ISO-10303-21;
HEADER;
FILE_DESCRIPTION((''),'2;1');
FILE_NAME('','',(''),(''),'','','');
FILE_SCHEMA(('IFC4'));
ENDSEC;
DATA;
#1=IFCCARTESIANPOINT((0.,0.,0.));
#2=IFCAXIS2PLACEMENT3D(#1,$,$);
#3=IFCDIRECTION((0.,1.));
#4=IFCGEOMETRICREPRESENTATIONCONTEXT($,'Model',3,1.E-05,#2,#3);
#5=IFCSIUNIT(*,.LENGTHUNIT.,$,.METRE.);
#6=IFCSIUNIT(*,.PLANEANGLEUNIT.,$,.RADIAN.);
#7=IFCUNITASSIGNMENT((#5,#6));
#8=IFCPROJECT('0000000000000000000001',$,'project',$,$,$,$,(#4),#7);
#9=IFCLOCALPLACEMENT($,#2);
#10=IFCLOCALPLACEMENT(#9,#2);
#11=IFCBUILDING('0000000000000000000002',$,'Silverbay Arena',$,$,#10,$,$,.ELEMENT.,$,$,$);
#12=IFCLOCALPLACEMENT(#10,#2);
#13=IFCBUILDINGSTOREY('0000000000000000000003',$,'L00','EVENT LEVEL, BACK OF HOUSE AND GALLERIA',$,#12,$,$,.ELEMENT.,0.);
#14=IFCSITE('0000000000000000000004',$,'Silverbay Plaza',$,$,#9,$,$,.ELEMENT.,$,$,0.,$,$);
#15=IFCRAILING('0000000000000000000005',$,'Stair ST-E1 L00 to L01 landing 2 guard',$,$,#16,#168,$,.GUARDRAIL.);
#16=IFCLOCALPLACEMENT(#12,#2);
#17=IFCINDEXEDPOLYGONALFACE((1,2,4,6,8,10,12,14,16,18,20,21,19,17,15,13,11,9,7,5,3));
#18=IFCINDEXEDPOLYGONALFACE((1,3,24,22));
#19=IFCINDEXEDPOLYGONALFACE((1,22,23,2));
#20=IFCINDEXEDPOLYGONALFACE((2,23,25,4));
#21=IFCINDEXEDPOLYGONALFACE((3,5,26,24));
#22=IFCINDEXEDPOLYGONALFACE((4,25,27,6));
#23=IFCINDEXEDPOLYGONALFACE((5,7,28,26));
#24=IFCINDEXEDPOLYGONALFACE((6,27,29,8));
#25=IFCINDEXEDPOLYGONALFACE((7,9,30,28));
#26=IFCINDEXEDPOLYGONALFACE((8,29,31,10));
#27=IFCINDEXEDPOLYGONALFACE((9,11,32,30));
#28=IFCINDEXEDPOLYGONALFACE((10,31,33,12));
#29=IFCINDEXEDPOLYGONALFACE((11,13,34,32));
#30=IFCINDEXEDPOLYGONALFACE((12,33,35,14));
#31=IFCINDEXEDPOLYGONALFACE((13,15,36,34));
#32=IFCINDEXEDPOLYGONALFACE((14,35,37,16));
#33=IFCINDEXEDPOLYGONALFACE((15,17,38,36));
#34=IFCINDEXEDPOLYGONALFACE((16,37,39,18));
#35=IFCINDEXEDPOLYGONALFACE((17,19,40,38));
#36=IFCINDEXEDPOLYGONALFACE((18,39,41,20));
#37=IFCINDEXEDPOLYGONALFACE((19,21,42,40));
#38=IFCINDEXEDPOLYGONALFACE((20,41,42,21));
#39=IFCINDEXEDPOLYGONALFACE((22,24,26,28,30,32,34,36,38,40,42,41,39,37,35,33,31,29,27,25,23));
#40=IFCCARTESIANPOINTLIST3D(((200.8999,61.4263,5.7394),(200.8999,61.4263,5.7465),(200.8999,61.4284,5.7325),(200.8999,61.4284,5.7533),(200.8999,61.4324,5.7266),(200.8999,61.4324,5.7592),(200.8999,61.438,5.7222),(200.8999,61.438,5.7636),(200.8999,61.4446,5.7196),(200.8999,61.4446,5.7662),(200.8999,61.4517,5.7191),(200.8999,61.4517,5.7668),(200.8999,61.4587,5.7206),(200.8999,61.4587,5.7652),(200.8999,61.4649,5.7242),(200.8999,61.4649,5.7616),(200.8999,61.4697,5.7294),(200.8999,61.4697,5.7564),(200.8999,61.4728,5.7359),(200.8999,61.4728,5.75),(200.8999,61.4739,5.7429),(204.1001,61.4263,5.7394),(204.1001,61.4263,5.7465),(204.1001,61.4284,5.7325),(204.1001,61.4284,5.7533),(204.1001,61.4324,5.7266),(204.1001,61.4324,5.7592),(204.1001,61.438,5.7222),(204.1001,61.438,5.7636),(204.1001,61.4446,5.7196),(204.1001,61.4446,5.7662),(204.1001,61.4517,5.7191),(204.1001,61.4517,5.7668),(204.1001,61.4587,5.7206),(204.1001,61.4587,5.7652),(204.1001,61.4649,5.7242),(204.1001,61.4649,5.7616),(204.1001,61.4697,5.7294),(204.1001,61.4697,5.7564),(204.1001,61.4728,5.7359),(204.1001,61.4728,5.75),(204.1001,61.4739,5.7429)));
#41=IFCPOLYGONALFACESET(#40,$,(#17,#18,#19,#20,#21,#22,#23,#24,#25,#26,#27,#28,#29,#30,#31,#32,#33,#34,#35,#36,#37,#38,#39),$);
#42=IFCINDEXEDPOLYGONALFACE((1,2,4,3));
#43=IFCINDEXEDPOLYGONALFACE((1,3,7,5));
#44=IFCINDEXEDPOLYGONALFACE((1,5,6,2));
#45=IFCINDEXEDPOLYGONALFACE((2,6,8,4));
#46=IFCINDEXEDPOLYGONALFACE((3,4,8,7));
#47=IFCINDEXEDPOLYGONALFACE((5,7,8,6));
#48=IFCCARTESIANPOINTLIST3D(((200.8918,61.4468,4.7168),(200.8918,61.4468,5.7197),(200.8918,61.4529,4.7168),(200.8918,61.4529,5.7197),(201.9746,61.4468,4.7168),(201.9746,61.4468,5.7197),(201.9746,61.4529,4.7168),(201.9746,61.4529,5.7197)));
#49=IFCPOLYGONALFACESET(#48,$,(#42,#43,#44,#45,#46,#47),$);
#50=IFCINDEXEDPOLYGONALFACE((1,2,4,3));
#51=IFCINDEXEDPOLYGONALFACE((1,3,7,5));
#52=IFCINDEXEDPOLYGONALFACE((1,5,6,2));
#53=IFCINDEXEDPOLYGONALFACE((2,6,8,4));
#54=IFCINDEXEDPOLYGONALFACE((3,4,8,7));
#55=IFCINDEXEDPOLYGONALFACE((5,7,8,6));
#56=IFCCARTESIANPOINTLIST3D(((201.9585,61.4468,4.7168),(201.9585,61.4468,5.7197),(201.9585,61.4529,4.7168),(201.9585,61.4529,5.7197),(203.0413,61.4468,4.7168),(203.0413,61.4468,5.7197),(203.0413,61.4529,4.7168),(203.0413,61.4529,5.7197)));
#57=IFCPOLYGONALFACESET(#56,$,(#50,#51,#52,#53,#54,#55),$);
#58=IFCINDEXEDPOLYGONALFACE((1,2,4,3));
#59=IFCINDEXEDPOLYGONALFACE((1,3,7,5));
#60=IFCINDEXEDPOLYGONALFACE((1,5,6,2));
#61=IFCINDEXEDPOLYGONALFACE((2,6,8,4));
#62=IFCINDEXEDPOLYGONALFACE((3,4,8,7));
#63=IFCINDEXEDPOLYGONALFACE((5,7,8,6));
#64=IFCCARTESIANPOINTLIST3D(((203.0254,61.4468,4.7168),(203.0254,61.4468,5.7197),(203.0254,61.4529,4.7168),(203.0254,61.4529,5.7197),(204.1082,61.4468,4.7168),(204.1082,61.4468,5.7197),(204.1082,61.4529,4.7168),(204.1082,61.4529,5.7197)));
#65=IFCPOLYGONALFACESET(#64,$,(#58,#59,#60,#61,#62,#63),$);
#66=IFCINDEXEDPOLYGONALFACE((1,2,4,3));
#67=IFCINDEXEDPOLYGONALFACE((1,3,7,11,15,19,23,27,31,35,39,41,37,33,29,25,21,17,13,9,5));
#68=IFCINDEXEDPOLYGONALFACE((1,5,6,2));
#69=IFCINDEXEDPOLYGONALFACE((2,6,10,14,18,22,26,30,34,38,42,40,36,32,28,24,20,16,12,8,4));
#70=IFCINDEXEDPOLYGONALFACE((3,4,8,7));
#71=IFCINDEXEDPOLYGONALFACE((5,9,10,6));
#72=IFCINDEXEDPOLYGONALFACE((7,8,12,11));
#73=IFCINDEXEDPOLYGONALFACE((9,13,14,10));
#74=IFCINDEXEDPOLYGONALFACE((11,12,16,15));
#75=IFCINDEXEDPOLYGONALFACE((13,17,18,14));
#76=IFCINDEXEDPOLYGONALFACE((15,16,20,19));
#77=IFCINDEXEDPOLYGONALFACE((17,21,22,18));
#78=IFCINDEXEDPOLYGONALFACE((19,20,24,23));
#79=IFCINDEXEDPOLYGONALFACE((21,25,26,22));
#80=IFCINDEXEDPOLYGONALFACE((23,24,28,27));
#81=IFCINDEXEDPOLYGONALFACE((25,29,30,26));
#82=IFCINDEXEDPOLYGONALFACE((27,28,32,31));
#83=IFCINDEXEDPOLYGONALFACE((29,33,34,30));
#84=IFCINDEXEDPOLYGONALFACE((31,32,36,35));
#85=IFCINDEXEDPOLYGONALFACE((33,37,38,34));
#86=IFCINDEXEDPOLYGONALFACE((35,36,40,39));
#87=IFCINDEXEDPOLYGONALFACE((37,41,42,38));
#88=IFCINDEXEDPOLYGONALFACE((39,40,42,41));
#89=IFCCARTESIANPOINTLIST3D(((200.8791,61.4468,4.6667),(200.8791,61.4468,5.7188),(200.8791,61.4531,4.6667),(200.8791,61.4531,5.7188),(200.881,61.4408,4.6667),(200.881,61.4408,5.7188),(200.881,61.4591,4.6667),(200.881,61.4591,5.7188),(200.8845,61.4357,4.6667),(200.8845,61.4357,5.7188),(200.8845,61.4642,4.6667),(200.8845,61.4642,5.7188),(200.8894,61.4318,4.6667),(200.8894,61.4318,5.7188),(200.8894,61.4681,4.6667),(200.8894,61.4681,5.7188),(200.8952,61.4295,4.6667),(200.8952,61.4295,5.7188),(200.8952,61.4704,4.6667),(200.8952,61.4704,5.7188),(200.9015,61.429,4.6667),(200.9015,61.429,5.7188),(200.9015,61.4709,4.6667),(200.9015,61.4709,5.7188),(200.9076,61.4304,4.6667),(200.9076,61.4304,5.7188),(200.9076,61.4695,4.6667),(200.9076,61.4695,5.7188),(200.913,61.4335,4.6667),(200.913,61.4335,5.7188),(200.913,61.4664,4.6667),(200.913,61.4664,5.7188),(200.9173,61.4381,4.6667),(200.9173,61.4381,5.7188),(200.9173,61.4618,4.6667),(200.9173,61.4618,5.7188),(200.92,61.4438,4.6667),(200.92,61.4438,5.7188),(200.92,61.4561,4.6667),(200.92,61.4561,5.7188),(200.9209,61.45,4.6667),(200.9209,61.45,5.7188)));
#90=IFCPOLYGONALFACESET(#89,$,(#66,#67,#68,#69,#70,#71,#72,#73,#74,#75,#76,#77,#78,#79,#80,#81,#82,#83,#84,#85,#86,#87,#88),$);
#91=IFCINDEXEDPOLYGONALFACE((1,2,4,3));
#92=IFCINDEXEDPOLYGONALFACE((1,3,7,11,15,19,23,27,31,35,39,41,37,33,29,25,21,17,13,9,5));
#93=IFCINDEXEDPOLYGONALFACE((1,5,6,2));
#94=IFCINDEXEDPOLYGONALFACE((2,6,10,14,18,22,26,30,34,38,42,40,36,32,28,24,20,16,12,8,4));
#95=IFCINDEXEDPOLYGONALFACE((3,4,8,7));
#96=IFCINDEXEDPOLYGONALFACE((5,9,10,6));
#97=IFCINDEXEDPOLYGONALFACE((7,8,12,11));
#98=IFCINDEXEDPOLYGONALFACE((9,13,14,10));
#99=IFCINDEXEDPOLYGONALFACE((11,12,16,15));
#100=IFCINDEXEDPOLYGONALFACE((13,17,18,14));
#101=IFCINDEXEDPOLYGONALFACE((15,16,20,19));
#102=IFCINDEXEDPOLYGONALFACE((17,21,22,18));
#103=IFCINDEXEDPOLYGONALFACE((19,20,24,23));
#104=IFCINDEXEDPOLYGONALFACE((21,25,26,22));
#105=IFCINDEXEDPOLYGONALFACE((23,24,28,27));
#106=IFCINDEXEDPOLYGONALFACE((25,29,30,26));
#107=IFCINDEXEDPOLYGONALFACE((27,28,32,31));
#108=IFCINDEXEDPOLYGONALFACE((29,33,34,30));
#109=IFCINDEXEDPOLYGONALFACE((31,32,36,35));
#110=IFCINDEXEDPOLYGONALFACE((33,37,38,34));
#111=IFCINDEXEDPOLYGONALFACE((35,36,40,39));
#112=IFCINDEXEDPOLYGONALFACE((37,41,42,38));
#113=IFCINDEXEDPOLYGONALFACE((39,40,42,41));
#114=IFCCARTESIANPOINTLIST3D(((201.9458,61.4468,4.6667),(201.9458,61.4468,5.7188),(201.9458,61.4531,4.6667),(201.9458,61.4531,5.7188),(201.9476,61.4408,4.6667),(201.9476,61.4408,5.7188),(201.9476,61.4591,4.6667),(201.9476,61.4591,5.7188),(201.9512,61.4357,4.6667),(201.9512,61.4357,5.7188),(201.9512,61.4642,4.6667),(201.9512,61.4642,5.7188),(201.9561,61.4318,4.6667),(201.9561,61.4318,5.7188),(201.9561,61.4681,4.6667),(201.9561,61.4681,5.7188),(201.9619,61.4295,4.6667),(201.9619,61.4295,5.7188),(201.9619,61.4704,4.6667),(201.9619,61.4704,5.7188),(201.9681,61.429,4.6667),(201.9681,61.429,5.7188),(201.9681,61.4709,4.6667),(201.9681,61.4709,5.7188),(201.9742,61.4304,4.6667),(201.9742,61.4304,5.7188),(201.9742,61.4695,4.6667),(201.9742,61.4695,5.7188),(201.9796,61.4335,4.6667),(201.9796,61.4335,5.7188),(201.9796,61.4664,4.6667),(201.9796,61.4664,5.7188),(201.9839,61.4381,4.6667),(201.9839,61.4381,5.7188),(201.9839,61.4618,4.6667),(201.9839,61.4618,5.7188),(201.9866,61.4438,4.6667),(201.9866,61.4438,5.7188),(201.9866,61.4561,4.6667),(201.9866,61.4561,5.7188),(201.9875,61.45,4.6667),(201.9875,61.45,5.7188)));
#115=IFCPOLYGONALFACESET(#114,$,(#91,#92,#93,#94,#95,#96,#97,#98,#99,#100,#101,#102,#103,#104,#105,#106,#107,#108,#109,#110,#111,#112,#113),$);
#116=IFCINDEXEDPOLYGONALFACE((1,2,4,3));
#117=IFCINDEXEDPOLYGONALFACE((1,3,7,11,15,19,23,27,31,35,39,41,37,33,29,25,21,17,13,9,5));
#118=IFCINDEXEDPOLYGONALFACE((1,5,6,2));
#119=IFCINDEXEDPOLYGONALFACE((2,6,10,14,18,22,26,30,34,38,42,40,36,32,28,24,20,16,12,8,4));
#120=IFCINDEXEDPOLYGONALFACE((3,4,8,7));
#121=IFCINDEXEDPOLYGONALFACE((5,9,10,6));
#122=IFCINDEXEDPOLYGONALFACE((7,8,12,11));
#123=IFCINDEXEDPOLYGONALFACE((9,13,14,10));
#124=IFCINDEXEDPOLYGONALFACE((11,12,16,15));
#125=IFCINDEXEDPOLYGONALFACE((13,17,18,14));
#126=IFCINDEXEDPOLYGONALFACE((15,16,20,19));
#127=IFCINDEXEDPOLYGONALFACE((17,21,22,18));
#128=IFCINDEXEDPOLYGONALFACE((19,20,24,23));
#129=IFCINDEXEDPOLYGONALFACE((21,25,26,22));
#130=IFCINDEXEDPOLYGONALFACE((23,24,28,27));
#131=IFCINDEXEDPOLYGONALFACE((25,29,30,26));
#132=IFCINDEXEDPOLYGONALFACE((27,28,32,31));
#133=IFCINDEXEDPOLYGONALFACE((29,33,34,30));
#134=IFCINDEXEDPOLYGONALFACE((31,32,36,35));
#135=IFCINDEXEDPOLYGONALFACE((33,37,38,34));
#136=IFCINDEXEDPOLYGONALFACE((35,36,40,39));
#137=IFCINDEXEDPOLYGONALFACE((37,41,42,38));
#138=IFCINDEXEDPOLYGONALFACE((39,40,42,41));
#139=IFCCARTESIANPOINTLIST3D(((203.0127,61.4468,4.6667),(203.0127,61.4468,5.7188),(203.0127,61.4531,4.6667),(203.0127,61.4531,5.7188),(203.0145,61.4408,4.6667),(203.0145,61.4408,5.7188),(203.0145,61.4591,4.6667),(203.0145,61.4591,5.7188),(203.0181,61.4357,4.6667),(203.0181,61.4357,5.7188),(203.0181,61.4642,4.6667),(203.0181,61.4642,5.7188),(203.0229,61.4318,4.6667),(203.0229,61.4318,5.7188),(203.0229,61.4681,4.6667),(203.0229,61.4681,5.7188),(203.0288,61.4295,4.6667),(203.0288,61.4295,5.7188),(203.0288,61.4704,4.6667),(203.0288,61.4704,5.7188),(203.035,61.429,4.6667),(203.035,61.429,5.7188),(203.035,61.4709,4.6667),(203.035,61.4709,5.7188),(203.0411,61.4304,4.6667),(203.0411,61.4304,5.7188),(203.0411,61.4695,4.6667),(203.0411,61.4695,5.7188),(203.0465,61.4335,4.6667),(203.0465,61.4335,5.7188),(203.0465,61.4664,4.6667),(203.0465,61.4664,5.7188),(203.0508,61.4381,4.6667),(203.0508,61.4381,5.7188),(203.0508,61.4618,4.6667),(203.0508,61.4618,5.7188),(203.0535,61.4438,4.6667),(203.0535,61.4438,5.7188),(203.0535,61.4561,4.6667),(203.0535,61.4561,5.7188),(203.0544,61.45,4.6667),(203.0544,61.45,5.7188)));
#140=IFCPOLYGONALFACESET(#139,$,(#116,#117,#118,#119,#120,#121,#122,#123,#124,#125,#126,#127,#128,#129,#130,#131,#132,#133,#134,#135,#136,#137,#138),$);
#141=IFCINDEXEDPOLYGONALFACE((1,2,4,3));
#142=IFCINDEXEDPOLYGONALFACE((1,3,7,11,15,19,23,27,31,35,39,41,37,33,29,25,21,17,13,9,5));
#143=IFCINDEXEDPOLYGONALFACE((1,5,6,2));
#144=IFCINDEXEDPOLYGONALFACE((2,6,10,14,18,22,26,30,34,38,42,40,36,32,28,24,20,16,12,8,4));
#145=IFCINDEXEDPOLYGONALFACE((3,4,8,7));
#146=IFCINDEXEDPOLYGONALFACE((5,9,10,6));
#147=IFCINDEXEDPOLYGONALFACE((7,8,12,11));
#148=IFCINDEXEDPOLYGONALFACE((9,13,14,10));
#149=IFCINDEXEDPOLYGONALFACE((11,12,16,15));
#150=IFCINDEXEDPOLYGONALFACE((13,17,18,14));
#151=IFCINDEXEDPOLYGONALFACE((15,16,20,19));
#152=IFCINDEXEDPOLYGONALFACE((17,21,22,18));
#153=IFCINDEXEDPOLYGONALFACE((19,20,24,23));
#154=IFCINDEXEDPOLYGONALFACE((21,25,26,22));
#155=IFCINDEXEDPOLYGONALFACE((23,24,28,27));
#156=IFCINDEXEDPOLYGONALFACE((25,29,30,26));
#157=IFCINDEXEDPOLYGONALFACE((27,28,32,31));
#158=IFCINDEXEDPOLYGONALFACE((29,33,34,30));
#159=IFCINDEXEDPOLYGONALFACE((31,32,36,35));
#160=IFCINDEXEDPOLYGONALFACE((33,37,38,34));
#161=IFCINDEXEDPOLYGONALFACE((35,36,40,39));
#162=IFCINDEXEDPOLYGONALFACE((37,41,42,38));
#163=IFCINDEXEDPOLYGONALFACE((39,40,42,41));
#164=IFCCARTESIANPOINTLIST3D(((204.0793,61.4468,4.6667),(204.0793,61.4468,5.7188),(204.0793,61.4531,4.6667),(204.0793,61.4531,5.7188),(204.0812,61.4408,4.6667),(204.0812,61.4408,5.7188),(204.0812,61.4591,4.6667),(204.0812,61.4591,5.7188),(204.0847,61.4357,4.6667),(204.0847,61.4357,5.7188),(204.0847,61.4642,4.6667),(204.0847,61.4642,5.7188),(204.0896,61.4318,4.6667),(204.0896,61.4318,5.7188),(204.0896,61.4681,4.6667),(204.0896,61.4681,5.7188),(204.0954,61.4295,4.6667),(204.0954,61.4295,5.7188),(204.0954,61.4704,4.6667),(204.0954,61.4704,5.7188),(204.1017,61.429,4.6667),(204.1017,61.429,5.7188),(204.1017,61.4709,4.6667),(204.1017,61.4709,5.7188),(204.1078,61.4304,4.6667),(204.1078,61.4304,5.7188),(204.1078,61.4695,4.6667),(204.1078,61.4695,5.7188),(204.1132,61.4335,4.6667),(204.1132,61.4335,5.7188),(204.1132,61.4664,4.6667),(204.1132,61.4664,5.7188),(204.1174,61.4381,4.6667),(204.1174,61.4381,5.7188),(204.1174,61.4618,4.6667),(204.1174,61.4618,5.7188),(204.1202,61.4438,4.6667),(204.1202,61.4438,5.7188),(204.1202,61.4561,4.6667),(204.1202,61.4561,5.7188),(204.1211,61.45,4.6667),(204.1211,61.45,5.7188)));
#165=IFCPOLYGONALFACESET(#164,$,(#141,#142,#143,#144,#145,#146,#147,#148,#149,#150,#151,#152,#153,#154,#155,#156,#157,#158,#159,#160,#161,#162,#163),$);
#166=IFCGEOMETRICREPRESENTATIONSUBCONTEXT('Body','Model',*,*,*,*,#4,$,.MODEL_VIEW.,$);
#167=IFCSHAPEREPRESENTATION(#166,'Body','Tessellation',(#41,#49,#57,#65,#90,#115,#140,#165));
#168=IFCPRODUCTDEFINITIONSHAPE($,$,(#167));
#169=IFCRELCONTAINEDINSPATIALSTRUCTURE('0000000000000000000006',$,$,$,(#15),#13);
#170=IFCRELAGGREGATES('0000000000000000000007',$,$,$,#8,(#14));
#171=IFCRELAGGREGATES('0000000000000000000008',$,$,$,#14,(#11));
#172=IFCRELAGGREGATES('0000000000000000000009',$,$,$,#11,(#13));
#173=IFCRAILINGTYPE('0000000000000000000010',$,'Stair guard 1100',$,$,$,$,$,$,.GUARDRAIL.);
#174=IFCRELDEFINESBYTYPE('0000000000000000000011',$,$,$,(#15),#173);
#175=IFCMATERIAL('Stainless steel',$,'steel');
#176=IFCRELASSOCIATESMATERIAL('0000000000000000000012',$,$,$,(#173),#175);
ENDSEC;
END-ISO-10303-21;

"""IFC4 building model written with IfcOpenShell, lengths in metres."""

from ifc_helpers import new_model, si_unit, direction, frame, origin, origin_2d, place, context, subcontext, project, spatial, polyline, circle, outline, extrude, material, type_object, element, save


model = new_model("IFC4")

# Units and contexts
model_context = context("Model", 3, precision=1e-05, world=origin(), true_north=direction((0.0, 1.0)))
body_context = subcontext(model_context, "Body", "Model", "MODEL_VIEW")
ifc_project = project(units=[si_unit("LENGTHUNIT", "METRE"), si_unit("PLANEANGLEUNIT", "RADIAN")], contexts=[model_context])

# Site, building, storey
site_placement = place(None, origin())
site = spatial("IfcSite", under=ifc_project, at=site_placement, Name="Silverbay Plaza", CompositionType="ELEMENT", RefElevation=0.0)
building_placement = place(site_placement, origin())
building = spatial("IfcBuilding", under=site, at=building_placement, Name="Silverbay Arena", CompositionType="ELEMENT")
storey_placement = place(building_placement, origin())
storey = spatial("IfcBuildingStorey", under=building, at=storey_placement, Name="L00", Description="EVENT LEVEL, BACK OF HOUSE AND GALLERIA", CompositionType="ELEMENT", Elevation=0.0)

# Railing
ifc_material_1 = material(Name="Stainless steel", Category="steel")
railing_type_1 = type_object("IfcRailingType", Name="Stair guard 1100", PredefinedType="GUARDRAIL", material=ifc_material_1)
for number, where, name in (
    (1, (200.8999, 61.45, 4.6667), "Stair ST-E1 L00 to L01 landing 2 guard"),
):
    element("IfcRailing", number, at=place(storey_placement, frame(where)), inside=storey, type_object=railing_type_1, Name=name, PredefinedType="GUARDRAIL", context=body_context, shape_type="SweptSolid", body=[
        extrude(circle(Radius=0.0239, at=origin_2d()), frame((0.0, 0.0, 1.0762), z_axis=(1.0, 0.0, 0.0), x_axis=(0.0, 1.0, 0.0)), (0.0, 0.0, 1.0), 3.2002),
        extrude(outline(polyline([(-0.0081, 0.05), (1.0747, 0.05), (1.0747, 1.053), (-0.0081, 1.053), (-0.0081, 0.05)])), frame((0.0, 0.0029, 0.0), z_axis=(0.0, -1.0, 0.0), x_axis=(1.0, 0.0, 0.0)), (0.0, 0.0, 1.0), 0.0061),
        extrude(outline(polyline([(-0.0081, 0.05), (1.0747, 0.05), (1.0747, 1.053), (-0.0081, 1.053), (-0.0081, 0.05)])), frame((1.0667, 0.0029, 0.0), z_axis=(0.0, -1.0, 0.0), x_axis=(1.0, 0.0, 0.0)), (0.0, 0.0, 1.0), 0.0061),
        extrude(outline(polyline([(-0.0081, 0.05), (1.0747, 0.05), (1.0747, 1.053), (-0.0081, 1.053), (-0.0081, 0.05)])), frame((2.1335, 0.0029, 0.0), z_axis=(0.0, -1.0, 0.0), x_axis=(1.0, 0.0, 0.0)), (0.0, 0.0, 1.0), 0.0061),
        extrude(circle(Radius=0.021, at=origin_2d()), origin(), (0.0, 0.0, 1.0), 1.052),
        extrude(circle(Radius=0.021, at=origin_2d()), frame((1.0667, 0.0, 0.0)), (0.0, 0.0, 1.0), 1.052),
        extrude(circle(Radius=0.021, at=origin_2d()), frame((2.1335, 0.0, 0.0)), (0.0, 0.0, 1.0), 1.052),
        extrude(circle(Radius=0.021, at=origin_2d()), frame((3.2002, 0.0, 0.0)), (0.0, 0.0, 1.0), 1.052),
    ])

save(model, "model.ifc")
